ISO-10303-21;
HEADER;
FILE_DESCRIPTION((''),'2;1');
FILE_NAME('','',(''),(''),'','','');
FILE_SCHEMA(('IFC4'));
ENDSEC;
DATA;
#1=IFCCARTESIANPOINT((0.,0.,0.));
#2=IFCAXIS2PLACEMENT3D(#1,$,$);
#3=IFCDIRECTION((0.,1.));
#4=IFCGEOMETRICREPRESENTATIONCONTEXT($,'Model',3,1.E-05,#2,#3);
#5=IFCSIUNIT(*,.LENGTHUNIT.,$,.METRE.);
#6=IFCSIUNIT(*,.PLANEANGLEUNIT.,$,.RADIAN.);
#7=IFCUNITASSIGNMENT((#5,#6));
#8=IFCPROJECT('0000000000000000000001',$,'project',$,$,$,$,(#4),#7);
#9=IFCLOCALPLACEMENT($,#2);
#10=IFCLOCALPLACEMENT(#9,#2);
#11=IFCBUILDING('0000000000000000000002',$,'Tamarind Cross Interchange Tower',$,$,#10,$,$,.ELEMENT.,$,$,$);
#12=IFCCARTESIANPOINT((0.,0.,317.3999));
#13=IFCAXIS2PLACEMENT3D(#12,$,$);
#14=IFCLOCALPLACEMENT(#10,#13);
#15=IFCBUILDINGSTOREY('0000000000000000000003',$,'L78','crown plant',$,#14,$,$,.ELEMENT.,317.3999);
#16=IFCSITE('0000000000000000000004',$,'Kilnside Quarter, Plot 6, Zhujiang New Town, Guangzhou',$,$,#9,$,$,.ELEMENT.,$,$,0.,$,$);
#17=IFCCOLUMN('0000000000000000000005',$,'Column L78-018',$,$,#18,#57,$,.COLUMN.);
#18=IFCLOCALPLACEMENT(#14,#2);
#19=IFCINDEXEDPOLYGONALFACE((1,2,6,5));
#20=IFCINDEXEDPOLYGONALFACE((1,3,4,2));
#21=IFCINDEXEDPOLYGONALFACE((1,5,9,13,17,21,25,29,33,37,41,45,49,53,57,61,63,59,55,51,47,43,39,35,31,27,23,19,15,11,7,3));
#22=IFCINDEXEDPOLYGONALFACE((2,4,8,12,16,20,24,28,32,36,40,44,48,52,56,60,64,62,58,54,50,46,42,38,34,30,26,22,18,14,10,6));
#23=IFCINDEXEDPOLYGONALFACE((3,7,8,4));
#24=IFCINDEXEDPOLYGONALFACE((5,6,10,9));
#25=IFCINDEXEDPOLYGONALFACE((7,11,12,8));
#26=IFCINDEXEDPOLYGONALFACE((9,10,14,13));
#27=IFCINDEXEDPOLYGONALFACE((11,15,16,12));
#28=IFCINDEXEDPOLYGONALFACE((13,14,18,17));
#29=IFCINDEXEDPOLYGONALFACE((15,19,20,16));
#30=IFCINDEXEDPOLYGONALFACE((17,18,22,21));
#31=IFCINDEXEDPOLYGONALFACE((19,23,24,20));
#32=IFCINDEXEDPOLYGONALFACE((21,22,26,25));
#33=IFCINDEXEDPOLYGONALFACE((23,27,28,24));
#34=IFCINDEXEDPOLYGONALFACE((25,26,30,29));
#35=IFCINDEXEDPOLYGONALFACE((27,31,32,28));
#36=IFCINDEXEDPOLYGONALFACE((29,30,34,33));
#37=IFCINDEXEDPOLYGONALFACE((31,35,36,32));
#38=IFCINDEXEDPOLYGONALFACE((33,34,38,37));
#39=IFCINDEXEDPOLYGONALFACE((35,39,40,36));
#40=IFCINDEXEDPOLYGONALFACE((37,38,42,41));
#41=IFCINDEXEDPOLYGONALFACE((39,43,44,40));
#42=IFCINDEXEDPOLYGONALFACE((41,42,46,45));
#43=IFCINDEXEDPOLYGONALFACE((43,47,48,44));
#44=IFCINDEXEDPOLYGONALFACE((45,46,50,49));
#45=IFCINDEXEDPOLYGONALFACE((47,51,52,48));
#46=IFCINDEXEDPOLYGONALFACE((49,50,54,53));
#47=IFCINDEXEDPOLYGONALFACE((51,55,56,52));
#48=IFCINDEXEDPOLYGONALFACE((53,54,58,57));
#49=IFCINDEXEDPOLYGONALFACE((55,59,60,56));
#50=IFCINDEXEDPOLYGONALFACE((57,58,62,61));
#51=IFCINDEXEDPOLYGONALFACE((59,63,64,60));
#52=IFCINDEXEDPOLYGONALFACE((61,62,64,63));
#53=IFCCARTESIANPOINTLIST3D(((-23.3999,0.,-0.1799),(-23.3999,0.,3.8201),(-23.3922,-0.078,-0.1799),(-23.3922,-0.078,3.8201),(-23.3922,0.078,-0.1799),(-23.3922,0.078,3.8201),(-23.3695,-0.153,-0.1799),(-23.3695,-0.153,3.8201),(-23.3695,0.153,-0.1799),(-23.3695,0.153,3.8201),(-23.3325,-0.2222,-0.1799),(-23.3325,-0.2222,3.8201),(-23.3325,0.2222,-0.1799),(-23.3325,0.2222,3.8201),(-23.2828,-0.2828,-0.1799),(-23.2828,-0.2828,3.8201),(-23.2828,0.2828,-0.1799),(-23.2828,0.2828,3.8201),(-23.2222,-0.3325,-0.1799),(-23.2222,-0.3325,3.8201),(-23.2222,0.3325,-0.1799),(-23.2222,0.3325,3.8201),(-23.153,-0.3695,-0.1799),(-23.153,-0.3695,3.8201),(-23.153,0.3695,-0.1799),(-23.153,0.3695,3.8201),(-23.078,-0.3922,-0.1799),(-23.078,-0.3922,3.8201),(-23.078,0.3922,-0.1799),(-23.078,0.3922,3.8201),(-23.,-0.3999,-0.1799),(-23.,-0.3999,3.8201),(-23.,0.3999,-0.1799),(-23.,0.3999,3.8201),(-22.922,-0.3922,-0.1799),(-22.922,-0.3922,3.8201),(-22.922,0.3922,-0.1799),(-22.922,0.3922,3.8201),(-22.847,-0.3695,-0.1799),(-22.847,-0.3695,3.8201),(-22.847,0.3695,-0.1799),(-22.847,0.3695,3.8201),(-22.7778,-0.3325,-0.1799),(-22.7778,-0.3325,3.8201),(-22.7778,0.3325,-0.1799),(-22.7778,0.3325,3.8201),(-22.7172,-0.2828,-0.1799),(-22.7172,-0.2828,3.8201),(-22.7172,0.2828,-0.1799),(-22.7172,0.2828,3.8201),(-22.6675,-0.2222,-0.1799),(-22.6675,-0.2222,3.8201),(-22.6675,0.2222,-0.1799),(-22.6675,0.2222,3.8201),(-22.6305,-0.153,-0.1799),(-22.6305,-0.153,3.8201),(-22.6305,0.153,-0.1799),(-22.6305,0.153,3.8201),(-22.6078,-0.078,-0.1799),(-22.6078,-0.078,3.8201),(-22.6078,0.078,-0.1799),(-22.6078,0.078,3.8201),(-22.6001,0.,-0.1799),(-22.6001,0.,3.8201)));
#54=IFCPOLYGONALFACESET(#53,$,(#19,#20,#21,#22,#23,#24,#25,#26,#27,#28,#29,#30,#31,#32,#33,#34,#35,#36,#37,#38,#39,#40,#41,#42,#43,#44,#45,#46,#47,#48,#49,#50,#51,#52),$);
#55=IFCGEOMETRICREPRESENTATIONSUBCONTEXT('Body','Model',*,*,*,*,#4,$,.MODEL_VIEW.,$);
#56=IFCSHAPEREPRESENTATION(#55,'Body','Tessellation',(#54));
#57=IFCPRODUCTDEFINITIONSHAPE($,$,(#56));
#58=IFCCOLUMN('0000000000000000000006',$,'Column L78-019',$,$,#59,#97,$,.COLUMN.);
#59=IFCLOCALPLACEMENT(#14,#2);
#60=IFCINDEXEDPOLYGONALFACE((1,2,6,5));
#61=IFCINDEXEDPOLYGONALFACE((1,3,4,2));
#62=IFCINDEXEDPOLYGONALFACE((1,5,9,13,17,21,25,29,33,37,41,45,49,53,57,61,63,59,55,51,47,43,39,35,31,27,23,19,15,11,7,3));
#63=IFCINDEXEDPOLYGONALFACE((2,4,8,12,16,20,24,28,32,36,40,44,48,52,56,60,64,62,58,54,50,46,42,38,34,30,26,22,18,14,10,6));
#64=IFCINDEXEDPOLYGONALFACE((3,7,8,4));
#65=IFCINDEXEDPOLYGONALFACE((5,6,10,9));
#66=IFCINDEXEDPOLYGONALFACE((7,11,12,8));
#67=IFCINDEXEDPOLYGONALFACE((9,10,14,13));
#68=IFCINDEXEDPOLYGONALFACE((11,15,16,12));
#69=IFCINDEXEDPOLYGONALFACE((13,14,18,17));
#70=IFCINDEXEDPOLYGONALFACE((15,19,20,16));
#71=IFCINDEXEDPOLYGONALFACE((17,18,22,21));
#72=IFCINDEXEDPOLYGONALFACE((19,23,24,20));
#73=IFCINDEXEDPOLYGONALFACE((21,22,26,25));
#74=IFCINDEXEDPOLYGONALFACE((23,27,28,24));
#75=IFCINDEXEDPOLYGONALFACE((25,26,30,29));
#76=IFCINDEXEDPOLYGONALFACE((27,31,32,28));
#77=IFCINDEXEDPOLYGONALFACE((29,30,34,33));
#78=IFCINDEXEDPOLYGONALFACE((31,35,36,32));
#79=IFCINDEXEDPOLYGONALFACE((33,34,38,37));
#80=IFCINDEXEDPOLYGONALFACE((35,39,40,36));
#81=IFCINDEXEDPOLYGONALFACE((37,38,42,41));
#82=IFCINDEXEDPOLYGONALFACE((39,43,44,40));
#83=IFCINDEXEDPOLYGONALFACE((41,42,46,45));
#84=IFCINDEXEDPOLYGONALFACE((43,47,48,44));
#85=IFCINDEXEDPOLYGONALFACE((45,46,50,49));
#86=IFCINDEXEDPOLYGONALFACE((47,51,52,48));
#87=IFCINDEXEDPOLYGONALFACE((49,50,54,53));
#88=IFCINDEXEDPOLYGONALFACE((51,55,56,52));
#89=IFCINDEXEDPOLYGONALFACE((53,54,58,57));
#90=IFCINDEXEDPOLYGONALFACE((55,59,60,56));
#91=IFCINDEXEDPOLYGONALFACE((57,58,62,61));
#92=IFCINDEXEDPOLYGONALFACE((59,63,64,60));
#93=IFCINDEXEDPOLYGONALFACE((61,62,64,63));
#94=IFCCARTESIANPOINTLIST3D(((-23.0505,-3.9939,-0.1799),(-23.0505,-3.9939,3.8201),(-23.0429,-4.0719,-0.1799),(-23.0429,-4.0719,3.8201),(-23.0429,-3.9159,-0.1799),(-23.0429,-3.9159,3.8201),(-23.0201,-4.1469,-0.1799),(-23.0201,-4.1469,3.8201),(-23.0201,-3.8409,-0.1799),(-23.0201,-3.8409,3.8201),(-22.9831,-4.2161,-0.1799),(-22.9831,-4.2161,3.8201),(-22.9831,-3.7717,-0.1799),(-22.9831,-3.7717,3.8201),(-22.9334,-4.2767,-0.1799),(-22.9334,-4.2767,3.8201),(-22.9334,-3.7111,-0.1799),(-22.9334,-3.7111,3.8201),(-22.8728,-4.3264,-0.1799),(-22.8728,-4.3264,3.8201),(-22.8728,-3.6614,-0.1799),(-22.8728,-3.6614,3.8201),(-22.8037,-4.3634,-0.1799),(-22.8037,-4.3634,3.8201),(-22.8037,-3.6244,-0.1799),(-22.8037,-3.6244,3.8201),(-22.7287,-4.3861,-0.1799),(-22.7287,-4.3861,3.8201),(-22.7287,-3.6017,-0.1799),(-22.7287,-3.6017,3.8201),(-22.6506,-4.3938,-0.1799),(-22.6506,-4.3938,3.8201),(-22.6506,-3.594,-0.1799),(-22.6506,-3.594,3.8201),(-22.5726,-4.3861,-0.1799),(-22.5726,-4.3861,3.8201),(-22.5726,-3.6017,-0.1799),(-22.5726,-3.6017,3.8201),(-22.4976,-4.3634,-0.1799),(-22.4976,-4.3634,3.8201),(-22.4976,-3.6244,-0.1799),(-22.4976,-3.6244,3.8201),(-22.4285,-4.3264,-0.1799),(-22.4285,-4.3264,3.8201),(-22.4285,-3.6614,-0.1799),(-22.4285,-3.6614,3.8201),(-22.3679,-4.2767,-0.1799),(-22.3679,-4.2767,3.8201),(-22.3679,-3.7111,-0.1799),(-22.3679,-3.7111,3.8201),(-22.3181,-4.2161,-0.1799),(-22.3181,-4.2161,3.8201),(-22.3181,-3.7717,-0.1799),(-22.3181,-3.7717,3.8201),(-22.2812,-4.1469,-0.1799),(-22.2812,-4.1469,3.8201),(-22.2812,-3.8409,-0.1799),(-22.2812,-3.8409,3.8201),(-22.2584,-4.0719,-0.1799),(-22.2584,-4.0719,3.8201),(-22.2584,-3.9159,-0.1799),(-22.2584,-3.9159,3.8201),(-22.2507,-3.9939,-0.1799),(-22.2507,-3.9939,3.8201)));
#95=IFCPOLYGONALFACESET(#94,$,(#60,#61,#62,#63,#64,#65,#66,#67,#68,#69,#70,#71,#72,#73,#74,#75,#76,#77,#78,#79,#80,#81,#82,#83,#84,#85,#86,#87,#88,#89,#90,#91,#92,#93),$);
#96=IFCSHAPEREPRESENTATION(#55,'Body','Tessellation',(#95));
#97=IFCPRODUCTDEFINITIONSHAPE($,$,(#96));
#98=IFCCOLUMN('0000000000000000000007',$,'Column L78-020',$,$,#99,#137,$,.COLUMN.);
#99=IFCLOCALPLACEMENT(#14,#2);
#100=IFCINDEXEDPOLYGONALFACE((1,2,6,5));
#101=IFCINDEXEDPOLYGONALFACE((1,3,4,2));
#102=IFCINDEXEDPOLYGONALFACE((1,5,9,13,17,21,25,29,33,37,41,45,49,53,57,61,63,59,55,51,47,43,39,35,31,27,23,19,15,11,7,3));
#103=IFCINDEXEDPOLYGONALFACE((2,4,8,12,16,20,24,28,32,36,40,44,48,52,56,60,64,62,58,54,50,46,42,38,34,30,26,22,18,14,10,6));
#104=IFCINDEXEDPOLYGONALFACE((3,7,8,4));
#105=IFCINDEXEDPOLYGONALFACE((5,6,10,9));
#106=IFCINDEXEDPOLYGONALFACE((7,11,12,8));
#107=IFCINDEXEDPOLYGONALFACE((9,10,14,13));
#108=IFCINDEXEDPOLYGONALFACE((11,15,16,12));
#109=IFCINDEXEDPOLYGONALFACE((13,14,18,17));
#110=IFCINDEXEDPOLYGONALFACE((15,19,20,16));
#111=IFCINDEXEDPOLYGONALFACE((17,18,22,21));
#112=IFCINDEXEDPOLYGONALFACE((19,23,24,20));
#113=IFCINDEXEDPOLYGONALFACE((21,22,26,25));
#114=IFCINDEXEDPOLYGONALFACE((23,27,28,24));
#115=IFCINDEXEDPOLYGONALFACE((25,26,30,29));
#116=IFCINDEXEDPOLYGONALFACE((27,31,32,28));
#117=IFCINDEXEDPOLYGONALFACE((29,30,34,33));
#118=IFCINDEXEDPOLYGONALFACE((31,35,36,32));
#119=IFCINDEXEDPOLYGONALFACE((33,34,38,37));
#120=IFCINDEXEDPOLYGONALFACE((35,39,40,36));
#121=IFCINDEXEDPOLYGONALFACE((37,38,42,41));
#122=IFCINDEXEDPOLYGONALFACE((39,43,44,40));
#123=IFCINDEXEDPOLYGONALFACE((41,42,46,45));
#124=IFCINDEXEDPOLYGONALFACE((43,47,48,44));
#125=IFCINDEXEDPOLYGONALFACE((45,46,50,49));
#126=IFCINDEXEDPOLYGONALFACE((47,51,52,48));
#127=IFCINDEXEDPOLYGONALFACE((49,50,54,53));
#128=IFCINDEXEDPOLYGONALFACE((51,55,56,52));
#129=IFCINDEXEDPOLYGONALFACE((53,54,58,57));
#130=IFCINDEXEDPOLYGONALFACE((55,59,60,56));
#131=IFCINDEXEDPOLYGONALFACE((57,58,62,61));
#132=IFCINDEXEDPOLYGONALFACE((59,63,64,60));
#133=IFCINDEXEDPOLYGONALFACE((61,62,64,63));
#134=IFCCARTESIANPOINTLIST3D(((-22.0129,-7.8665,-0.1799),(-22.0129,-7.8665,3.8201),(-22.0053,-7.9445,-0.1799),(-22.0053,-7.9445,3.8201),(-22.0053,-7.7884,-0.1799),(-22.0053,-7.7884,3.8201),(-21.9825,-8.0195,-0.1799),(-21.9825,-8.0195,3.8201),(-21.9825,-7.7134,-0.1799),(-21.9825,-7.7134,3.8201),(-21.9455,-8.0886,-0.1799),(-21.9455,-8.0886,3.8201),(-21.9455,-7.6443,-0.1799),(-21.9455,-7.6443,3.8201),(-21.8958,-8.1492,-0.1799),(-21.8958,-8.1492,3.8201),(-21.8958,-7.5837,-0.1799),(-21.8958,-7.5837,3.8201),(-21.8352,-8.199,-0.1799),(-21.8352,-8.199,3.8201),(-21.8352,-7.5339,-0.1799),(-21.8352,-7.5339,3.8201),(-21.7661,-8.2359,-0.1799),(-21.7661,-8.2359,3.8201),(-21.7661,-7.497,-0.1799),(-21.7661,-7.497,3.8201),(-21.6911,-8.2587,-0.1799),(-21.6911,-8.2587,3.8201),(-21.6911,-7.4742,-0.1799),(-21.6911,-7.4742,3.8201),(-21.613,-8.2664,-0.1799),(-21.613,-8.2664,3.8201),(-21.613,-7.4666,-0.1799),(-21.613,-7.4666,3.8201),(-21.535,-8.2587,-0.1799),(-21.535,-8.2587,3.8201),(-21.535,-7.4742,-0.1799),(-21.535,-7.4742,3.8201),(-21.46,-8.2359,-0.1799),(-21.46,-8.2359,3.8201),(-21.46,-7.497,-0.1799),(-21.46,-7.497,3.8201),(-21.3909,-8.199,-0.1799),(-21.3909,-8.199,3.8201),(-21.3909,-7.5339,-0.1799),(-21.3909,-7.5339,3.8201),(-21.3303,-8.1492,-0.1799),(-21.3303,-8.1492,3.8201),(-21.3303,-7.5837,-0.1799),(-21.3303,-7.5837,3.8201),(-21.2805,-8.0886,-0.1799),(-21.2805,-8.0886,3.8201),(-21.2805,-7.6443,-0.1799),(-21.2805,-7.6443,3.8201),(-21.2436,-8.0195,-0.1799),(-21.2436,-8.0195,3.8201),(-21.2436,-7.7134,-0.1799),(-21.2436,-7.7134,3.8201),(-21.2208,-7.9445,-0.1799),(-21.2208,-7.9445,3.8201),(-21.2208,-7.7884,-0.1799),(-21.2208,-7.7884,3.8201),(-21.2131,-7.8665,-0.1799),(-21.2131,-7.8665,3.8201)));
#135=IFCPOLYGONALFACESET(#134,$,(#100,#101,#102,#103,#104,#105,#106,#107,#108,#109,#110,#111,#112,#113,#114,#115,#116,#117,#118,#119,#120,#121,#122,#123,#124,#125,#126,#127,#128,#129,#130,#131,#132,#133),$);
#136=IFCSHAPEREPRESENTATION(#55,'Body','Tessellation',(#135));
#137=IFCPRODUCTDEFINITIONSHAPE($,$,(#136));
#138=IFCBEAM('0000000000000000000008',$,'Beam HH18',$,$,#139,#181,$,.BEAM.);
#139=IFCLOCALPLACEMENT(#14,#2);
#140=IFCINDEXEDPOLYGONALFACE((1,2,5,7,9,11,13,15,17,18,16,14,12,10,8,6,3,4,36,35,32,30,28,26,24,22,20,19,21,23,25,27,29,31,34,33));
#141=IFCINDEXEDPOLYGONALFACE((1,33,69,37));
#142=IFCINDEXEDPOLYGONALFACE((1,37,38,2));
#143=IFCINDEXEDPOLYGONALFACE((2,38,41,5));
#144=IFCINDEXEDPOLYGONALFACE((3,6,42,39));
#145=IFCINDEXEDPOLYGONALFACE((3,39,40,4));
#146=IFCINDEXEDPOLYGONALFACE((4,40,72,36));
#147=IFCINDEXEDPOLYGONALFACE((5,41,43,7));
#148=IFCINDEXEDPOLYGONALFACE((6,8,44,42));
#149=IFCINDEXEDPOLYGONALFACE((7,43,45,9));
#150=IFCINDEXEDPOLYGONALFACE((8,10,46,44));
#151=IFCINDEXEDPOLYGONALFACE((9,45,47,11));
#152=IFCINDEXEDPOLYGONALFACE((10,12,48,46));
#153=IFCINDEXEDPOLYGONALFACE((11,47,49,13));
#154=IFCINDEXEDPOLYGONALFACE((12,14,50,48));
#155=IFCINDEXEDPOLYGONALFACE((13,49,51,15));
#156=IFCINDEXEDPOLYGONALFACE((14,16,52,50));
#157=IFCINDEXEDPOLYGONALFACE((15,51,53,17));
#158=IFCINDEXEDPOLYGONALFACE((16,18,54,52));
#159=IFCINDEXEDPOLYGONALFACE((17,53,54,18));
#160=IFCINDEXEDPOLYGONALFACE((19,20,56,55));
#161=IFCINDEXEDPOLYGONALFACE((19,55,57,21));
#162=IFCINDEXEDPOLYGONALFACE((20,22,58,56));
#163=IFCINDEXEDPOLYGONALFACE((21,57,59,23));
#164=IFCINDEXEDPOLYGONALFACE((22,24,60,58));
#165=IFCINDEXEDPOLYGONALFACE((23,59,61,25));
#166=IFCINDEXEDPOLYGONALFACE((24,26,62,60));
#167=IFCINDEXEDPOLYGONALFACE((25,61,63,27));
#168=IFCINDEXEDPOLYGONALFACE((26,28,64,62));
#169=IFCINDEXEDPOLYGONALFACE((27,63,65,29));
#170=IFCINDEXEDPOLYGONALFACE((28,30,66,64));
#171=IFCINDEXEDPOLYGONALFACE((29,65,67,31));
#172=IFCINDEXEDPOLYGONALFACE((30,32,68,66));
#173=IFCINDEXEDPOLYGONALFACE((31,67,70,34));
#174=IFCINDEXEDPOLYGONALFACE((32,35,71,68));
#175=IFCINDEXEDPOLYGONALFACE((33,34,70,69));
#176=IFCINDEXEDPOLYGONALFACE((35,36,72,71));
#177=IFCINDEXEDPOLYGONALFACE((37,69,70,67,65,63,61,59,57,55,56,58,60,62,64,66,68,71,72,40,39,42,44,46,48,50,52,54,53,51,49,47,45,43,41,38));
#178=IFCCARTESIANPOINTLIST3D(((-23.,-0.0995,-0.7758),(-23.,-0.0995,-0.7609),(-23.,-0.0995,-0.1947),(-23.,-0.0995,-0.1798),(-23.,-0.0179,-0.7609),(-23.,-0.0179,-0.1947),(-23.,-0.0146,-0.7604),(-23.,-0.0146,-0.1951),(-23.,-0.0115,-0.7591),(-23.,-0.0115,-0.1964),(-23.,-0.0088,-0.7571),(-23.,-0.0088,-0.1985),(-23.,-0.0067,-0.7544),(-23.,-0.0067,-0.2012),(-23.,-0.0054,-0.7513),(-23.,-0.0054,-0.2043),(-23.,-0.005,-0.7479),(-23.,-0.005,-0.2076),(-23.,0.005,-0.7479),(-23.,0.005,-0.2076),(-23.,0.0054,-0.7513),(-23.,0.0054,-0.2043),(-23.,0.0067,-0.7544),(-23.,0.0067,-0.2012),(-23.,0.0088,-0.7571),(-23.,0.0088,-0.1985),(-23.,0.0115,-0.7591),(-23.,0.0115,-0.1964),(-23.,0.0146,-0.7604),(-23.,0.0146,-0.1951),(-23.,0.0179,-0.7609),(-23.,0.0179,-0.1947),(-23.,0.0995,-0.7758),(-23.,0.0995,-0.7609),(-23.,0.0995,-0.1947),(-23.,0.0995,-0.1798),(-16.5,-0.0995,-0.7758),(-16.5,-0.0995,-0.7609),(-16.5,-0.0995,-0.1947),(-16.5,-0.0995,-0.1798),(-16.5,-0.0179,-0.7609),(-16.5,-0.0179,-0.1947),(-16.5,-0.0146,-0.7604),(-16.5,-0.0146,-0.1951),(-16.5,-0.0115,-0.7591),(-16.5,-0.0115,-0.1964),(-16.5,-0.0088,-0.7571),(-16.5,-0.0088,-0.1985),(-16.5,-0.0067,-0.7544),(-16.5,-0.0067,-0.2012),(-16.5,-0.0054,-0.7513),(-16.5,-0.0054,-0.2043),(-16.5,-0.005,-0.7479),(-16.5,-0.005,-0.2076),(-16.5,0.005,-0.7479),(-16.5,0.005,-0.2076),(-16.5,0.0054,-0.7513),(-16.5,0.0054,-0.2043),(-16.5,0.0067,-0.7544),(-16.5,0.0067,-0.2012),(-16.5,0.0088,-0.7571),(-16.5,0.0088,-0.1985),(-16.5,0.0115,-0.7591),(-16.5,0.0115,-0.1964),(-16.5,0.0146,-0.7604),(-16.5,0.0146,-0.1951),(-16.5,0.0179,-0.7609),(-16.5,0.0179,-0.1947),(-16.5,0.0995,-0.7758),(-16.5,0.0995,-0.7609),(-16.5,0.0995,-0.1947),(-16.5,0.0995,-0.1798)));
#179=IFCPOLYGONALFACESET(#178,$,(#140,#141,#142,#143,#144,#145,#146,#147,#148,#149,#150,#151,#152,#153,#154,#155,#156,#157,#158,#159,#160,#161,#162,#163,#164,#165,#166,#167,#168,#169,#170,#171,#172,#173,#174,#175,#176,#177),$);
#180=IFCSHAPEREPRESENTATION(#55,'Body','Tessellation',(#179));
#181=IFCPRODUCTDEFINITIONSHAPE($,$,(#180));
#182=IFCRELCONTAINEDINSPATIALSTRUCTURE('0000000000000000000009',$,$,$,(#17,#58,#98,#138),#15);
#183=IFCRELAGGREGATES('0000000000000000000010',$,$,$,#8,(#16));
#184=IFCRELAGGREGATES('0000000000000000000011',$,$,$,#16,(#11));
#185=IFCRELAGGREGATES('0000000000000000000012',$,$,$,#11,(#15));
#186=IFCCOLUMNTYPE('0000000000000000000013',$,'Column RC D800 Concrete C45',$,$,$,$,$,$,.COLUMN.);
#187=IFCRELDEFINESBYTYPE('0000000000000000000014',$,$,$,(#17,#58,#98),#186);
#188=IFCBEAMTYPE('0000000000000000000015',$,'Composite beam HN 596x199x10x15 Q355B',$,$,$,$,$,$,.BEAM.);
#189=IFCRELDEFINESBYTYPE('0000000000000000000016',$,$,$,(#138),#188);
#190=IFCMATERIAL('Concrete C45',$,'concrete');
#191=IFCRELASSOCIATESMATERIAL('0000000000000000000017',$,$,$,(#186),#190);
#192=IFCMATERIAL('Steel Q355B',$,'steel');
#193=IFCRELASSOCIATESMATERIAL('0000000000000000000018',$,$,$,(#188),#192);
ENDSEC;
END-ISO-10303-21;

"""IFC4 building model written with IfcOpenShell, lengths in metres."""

from ifc_helpers import new_model, si_unit, direction, frame, origin, origin_2d, place, context, subcontext, project, spatial, circle, i_section, extrude, material, material_profile, profile_set, type_object, element, save


model = new_model("IFC4")

# Units and contexts
model_context = context("Model", 3, precision=1e-05, world=origin(), true_north=direction((0.0, 1.0)))
body_context = subcontext(model_context, "Body", "Model", "MODEL_VIEW")
ifc_project = project(units=[si_unit("LENGTHUNIT", "METRE"), si_unit("PLANEANGLEUNIT", "RADIAN")], contexts=[model_context])

# Site, building, storey
site_placement = place(None, origin())
site = spatial("IfcSite", under=ifc_project, at=site_placement, Name="Kilnside Quarter, Plot 6, Zhujiang New Town, Guangzhou", CompositionType="ELEMENT", RefElevation=0.0)
building_placement = place(site_placement, origin())
building = spatial("IfcBuilding", under=site, at=building_placement, Name="Tamarind Cross Interchange Tower", CompositionType="ELEMENT")
storey_placement = place(building_placement, frame((0.0, 0.0, 317.3999)))
storey = spatial("IfcBuildingStorey", under=building, at=storey_placement, Name="L78", Description="crown plant", CompositionType="ELEMENT", Elevation=317.3999)

# Columns
ifc_material_1 = material(Name="Concrete C45", Category="concrete")
ifc_material_profile_1 = material_profile(ifc_material_1, circle(Radius=0.3999, at=origin_2d()), Name="RC D800")
ifc_profile_set_1 = profile_set([ifc_material_profile_1], Name="Concrete C45")
column_type = type_object("IfcColumnType", Name="Column RC D800 Concrete C45", PredefinedType="COLUMN", material=ifc_profile_set_1)
for number, where, z_axis, x_axis, name in (
    (1, (-23.0, 0.0, -0.1799), (0.0, 0.0, 1.0), (1.0, 0.0, 0.0), "Column L78-018"),
    (2, (-22.6506, -3.9939, -0.1799), (0.0, 0.0, 1.0), (1.0, 0.0, 0.0), "Column L78-019"),
    (3, (-21.613, -7.8665, -0.1799), (0.0, 0.0, 1.0), (1.0, 0.0, 0.0), "Column L78-020"),
):
    element("IfcColumn", number, at=place(storey_placement, frame(where, z_axis=z_axis, x_axis=x_axis)), inside=storey, type_object=column_type, Name=name, PredefinedType="COLUMN", context=body_context, shape_type="SweptSolid", body=[
        extrude(circle(Radius=0.3999, at=origin_2d()), origin(), (0.0, 0.0, 1.0), 4.0),
    ])

# Beam
ifc_material_2 = material(Name="Steel Q355B", Category="steel")
ifc_material_profile_2 = material_profile(ifc_material_2, i_section(OverallWidth=0.199, OverallDepth=0.5959, WebThickness=0.01, FlangeThickness=0.0149, FilletRadius=0.0129, at=origin_2d()), Name="HN 596x199x10x15")
ifc_profile_set_2 = profile_set([ifc_material_profile_2], Name="Steel Q355B")
beam_type = type_object("IfcBeamType", Name="Composite beam HN 596x199x10x15 Q355B", PredefinedType="BEAM", material=ifc_profile_set_2)
beam_1_placement = place(storey_placement, frame((-23.0, 0.0, -0.4778), z_axis=(1.0, 0.0, 0.0), x_axis=(0.0, 1.0, 0.0)))
element("IfcBeam", 4, at=beam_1_placement, inside=storey, type_object=beam_type, Name="Beam HH18", PredefinedType="BEAM", context=body_context, shape_type="SweptSolid", body=[
    extrude(i_section(OverallWidth=0.199, OverallDepth=0.5959, WebThickness=0.01, FlangeThickness=0.0149, FilletRadius=0.0129, at=origin_2d()), origin(), (0.0, 0.0, 1.0), 6.5),
])

save(model, "model.ifc")
